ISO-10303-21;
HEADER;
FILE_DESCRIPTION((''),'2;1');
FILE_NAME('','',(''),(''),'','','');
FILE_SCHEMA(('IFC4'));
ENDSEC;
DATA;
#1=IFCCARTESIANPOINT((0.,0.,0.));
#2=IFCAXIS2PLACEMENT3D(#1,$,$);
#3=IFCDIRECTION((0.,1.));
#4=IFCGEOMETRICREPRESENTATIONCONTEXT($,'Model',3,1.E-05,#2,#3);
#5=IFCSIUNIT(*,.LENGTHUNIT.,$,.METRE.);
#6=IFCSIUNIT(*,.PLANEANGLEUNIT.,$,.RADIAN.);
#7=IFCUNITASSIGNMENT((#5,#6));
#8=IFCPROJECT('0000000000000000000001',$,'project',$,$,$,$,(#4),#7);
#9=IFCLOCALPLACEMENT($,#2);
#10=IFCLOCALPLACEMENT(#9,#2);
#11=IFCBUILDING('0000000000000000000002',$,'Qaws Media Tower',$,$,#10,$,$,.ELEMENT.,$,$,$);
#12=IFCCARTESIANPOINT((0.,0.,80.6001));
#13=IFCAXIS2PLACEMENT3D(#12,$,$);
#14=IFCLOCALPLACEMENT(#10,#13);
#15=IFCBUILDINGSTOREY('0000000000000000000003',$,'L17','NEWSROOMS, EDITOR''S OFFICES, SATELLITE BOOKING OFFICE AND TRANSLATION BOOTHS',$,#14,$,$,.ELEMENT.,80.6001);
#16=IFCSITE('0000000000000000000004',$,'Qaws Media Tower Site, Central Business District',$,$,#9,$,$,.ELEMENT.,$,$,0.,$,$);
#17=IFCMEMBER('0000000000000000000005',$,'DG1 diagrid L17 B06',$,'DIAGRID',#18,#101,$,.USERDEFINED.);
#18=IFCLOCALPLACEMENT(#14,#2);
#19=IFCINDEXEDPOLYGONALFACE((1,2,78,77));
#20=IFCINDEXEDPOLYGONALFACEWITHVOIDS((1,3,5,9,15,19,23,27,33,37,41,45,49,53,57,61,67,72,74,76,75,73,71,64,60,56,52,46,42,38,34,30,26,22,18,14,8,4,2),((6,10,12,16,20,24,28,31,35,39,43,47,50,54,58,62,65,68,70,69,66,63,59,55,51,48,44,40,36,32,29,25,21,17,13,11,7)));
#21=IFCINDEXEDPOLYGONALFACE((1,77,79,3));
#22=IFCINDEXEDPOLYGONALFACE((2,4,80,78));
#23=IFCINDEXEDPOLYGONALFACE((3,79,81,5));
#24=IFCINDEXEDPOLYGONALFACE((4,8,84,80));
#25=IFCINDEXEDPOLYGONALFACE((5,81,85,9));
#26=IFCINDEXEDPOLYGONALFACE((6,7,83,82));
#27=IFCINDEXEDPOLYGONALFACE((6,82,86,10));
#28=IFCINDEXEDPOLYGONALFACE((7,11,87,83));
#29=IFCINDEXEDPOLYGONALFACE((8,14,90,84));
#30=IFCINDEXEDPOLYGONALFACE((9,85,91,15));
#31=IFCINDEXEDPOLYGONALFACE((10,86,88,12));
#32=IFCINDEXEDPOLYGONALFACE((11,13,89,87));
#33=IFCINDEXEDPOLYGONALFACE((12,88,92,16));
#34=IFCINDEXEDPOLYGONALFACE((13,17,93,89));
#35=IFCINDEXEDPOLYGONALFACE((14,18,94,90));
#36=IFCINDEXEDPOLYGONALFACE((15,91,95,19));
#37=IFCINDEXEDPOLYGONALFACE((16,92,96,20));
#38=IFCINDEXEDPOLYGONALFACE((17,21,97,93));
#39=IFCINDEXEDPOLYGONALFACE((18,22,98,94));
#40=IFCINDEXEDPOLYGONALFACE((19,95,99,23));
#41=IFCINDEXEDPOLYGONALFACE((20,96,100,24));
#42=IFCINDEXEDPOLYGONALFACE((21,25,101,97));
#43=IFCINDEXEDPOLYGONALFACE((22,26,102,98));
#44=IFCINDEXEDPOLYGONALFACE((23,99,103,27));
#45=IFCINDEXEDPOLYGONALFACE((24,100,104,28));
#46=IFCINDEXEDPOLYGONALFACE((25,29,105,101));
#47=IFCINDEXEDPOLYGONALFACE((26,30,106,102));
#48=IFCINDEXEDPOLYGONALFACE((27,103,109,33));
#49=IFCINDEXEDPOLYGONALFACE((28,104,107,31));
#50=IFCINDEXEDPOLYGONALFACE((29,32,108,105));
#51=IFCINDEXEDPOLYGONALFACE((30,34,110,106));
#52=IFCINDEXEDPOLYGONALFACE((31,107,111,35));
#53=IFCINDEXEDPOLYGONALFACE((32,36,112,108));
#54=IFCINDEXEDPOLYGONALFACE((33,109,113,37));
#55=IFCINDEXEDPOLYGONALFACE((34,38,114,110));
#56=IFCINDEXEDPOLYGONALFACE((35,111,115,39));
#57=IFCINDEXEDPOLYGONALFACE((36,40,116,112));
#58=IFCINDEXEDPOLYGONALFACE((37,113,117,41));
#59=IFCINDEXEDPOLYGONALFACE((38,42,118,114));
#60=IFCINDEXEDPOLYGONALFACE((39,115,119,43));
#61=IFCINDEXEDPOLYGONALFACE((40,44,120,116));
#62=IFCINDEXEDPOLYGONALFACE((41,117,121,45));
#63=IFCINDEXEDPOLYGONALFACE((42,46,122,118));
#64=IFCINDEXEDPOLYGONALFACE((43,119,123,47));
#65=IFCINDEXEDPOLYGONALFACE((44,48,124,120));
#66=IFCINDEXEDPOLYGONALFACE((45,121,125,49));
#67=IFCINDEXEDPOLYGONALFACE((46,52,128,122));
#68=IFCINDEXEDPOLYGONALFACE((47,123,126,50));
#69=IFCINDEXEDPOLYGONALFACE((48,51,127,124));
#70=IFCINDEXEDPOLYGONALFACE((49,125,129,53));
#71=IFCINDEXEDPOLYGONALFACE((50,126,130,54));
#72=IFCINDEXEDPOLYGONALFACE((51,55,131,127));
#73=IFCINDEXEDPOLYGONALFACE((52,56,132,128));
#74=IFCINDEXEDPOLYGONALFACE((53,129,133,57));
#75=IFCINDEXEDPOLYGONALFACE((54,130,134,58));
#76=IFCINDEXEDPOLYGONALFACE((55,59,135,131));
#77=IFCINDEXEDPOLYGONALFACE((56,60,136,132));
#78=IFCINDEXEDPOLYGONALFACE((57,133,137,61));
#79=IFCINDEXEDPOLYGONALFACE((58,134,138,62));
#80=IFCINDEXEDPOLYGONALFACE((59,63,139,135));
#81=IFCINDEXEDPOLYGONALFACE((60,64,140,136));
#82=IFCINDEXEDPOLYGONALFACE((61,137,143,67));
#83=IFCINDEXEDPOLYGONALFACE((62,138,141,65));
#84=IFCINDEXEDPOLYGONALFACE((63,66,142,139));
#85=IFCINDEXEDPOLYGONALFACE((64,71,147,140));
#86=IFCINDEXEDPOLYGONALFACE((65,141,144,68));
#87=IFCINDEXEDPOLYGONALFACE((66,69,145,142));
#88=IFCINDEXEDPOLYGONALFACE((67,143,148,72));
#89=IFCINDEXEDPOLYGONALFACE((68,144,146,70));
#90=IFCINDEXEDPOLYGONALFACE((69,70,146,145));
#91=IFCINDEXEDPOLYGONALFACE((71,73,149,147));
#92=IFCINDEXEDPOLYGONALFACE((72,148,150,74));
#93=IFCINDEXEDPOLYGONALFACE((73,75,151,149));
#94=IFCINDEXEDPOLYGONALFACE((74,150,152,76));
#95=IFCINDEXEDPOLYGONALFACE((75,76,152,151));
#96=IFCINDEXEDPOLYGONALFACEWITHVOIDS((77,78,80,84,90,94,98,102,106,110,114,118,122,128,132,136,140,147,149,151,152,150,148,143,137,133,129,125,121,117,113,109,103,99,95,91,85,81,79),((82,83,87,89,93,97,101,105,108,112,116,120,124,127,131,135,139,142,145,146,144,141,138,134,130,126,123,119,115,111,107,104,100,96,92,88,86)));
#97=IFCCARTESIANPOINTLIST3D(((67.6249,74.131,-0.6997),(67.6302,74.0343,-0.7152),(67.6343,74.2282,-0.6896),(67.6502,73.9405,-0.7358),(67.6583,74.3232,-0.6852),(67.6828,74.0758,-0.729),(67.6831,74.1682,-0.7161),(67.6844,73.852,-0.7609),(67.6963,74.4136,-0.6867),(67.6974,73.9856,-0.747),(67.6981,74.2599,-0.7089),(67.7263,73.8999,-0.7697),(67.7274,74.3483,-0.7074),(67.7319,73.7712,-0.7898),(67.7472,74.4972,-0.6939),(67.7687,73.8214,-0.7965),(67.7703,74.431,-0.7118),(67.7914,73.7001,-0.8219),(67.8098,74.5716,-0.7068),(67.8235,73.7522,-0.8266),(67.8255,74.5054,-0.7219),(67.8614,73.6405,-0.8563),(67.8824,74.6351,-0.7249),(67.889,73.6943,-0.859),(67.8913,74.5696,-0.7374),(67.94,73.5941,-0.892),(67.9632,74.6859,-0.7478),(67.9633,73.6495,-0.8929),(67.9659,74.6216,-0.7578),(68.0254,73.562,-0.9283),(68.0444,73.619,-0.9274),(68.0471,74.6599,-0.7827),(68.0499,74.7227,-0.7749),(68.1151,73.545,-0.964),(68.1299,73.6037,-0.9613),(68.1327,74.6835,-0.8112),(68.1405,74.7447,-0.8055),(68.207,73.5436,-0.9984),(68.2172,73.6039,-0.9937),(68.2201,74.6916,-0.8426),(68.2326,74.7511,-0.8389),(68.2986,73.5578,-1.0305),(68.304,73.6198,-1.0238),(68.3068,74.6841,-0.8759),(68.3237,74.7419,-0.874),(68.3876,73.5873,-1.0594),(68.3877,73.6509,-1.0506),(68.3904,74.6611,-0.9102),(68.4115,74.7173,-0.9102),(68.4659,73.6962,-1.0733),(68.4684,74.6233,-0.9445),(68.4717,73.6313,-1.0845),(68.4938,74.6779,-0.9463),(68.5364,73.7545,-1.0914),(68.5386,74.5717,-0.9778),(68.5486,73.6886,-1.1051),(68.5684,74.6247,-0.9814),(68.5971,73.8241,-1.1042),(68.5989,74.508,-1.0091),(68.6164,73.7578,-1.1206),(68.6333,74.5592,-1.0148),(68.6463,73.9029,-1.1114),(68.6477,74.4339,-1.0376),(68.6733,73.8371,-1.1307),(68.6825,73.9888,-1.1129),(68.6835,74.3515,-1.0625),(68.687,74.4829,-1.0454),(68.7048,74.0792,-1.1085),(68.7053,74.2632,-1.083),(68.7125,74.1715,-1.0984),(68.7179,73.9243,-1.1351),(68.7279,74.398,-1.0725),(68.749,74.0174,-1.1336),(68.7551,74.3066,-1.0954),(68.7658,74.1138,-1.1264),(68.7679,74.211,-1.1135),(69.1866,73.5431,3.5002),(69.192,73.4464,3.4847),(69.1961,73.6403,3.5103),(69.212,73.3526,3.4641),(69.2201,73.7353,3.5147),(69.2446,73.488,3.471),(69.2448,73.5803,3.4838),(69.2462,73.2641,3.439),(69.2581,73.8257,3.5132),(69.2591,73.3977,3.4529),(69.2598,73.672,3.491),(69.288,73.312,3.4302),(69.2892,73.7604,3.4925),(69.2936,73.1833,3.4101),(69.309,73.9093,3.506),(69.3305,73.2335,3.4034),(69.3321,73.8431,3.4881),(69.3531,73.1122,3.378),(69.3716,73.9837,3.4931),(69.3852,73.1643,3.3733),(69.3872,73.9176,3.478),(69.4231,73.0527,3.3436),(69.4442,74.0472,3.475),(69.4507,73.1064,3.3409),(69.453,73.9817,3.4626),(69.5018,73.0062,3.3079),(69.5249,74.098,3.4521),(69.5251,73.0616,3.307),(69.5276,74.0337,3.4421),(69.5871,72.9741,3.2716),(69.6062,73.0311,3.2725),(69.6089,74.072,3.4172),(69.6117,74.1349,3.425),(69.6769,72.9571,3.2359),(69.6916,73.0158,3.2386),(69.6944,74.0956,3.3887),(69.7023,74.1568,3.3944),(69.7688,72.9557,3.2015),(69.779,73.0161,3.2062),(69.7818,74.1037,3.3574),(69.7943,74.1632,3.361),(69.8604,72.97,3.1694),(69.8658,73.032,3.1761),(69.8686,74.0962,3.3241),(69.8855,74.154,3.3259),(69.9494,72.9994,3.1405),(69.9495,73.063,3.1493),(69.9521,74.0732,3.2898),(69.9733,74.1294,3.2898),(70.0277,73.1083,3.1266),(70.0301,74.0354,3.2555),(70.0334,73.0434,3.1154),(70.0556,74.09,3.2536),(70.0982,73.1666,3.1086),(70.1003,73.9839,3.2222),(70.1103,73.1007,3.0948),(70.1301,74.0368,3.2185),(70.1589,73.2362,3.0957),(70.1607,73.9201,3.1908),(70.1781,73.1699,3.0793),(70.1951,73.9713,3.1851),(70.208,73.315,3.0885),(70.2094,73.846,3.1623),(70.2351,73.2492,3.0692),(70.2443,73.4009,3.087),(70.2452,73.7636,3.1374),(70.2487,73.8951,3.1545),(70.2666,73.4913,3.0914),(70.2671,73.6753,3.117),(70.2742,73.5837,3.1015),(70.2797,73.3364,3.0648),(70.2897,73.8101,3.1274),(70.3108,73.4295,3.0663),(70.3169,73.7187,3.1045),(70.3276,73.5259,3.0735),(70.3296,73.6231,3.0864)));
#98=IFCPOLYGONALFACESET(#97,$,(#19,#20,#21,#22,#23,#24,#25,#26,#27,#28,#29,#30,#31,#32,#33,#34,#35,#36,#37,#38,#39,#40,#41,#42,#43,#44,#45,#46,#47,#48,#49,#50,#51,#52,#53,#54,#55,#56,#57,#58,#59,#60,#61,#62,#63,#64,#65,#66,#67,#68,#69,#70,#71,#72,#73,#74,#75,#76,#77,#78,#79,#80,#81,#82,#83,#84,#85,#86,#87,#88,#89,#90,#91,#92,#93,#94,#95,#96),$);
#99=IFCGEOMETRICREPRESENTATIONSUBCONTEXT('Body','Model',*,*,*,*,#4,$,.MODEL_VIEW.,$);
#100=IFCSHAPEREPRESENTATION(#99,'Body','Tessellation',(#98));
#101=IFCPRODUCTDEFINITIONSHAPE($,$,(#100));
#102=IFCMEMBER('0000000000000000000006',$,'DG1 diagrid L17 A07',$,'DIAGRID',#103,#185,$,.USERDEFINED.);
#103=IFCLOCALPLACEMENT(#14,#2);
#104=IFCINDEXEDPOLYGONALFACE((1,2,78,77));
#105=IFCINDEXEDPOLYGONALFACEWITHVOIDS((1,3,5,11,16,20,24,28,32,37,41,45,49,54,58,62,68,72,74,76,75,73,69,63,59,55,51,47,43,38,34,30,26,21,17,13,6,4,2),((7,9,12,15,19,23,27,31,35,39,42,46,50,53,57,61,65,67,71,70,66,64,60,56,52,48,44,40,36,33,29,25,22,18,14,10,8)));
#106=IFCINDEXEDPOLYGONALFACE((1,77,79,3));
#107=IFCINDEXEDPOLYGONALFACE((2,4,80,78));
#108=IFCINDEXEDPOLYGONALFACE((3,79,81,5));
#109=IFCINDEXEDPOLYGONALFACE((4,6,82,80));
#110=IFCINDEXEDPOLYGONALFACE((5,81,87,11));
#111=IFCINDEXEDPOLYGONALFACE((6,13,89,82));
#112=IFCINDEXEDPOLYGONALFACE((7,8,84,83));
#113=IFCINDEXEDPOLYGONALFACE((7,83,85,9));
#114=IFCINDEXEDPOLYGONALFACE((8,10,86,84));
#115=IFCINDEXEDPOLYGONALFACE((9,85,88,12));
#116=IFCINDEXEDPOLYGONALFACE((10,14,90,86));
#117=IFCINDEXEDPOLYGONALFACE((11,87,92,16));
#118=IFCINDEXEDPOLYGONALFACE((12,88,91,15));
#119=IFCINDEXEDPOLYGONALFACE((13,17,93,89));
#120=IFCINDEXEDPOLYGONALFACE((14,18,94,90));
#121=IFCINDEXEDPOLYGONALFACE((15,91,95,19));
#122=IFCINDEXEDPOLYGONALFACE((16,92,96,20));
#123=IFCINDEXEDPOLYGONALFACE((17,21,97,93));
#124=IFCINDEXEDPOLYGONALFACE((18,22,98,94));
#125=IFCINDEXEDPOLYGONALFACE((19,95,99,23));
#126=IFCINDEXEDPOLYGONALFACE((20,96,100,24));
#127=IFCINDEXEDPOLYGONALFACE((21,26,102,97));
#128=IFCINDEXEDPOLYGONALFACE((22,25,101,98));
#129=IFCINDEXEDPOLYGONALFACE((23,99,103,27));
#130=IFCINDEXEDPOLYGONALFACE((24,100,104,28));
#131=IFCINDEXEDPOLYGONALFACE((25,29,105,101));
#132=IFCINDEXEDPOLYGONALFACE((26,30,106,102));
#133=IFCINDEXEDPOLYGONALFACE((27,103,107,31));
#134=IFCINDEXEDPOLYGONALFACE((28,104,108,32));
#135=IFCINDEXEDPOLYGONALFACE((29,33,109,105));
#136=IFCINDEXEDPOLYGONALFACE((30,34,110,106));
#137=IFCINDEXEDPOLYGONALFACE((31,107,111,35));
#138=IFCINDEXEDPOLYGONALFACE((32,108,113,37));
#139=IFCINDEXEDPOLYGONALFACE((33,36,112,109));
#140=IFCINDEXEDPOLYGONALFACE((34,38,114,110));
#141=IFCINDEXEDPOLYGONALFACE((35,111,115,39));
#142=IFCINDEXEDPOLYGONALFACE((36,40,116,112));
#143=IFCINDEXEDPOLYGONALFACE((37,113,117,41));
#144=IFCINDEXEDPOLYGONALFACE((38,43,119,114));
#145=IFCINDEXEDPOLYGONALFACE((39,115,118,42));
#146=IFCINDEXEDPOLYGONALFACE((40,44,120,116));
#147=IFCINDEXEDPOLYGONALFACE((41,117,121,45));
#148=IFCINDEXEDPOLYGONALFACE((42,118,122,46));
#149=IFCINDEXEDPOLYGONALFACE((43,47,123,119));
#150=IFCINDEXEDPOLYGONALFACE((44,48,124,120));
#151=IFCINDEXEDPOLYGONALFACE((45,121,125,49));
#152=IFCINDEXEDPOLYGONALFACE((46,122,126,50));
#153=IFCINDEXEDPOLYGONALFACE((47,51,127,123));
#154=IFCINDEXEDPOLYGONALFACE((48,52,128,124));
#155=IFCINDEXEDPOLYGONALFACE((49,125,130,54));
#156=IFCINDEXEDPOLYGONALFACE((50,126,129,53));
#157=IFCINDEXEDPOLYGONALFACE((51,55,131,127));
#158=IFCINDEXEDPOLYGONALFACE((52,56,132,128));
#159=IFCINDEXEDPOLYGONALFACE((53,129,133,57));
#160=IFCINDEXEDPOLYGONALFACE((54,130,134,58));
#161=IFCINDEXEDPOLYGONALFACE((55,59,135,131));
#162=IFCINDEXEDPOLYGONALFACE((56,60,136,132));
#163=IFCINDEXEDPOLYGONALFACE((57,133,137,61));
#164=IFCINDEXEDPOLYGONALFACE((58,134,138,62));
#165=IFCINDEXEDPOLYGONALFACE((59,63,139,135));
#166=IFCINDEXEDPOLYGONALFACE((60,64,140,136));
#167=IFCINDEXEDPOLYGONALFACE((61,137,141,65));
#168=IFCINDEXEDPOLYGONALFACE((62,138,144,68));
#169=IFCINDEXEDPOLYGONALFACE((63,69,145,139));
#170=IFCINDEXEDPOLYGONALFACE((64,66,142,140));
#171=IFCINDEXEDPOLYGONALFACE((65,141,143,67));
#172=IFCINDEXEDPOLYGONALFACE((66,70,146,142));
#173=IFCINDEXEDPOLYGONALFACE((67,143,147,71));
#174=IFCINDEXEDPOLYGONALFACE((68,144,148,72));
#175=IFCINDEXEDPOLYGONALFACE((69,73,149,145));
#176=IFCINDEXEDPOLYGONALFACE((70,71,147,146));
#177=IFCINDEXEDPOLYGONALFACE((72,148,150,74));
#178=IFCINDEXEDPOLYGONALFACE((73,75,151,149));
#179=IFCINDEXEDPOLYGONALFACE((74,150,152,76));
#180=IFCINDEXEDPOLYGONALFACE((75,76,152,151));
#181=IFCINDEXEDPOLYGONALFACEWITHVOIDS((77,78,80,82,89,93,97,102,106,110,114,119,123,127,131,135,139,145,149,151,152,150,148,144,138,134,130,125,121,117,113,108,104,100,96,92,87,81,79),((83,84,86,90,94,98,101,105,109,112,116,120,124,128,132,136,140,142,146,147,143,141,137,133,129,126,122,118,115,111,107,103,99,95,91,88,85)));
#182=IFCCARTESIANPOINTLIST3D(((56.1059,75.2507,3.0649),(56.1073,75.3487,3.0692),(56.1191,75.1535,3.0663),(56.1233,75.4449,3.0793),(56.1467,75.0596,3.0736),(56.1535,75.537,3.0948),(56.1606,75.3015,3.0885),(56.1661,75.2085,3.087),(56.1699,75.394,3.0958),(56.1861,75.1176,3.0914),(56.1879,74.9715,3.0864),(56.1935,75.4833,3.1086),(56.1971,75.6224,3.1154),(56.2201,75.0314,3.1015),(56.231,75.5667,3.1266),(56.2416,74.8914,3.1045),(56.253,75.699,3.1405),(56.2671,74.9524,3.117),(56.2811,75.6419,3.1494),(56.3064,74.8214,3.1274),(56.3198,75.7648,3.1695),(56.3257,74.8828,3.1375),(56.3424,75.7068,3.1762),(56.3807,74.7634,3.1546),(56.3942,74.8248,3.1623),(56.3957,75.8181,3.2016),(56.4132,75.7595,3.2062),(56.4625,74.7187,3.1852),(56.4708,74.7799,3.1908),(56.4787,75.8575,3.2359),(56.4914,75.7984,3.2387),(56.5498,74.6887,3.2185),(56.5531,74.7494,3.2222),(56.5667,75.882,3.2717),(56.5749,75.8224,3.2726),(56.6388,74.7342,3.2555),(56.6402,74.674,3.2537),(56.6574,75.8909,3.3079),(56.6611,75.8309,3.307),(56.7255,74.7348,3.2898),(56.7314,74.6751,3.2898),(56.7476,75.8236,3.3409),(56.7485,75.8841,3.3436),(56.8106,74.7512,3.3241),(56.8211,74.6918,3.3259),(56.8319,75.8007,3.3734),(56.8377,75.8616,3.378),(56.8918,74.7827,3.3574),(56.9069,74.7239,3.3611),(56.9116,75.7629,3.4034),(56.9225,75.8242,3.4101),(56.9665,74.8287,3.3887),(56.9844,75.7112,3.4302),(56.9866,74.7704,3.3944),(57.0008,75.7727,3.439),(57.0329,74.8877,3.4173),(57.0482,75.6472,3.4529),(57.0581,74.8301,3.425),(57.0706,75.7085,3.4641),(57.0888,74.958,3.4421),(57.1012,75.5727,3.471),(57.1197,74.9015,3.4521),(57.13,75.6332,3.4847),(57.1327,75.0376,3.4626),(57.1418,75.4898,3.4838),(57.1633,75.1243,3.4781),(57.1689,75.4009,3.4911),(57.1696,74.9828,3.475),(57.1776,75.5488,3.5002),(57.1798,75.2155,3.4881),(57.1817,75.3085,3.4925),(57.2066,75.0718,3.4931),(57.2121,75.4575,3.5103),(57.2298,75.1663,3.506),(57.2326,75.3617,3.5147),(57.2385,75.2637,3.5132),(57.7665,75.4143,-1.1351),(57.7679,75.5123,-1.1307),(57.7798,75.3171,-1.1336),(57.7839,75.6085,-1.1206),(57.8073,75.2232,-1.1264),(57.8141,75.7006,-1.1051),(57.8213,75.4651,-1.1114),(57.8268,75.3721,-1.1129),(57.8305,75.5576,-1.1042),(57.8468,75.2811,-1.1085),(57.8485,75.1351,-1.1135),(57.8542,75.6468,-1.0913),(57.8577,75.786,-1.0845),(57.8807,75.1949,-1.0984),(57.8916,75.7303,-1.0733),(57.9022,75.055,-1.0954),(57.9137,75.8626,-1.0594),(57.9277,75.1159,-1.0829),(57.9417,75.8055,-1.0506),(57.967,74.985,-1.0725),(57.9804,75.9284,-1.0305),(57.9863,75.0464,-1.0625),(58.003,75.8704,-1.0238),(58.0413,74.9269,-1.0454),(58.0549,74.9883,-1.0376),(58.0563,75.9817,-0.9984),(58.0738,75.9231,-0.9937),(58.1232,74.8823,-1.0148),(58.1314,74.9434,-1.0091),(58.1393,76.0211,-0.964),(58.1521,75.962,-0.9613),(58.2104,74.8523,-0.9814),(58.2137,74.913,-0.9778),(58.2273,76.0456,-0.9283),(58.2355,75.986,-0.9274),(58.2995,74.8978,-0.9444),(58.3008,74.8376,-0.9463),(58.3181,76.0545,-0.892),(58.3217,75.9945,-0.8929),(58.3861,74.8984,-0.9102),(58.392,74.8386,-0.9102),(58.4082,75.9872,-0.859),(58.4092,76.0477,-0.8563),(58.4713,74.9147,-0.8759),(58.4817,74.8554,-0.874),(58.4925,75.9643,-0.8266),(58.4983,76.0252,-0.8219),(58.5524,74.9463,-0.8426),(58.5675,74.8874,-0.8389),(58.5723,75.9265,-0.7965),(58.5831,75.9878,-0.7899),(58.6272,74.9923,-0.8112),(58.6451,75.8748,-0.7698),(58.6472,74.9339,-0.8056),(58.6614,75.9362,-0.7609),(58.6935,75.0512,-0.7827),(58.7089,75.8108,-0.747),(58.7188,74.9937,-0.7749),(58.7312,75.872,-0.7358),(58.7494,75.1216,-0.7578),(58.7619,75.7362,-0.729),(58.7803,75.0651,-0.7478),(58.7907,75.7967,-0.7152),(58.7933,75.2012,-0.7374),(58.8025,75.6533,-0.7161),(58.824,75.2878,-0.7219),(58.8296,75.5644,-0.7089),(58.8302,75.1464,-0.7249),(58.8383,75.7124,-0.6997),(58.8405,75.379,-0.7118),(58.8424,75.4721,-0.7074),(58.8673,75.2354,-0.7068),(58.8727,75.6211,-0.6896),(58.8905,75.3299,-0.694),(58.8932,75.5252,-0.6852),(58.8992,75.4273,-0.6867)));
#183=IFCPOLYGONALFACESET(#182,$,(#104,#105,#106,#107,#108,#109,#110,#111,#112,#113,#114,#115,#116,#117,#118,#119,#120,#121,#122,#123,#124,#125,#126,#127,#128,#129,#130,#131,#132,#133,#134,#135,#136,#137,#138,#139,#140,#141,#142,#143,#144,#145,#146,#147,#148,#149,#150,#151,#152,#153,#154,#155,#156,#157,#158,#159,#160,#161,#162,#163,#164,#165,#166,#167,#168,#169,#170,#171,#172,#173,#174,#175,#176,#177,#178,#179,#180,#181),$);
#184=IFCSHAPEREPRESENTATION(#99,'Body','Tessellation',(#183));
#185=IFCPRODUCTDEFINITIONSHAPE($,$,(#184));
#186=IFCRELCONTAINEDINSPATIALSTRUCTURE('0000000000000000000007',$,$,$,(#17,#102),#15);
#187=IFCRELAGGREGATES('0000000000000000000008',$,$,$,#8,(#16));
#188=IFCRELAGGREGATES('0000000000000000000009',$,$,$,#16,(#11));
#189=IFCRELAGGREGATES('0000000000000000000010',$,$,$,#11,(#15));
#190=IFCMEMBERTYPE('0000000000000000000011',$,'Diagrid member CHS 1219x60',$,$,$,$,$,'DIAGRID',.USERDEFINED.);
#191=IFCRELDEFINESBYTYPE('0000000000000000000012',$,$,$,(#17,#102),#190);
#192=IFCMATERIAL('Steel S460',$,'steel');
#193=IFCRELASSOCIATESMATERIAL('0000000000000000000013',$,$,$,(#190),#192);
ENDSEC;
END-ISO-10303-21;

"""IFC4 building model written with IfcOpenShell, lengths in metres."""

from ifc_helpers import new_model, si_unit, direction, frame, origin, origin_2d, place, context, subcontext, project, spatial, hollow_circle, extrude, material, material_profile, profile_set, type_object, element, save


model = new_model("IFC4")

# Units and contexts
model_context = context("Model", 3, precision=1e-05, world=origin(), true_north=direction((0.0, 1.0)))
body_context = subcontext(model_context, "Body", "Model", "MODEL_VIEW")
ifc_project = project(units=[si_unit("LENGTHUNIT", "METRE"), si_unit("PLANEANGLEUNIT", "RADIAN")], contexts=[model_context])

# Site, building, storey
site_placement = place(None, origin())
site = spatial("IfcSite", under=ifc_project, at=site_placement, Name="Qaws Media Tower Site, Central Business District", CompositionType="ELEMENT", RefElevation=0.0)
building_placement = place(site_placement, origin())
building = spatial("IfcBuilding", under=site, at=building_placement, Name="Qaws Media Tower", CompositionType="ELEMENT")
storey_placement = place(building_placement, frame((0.0, 0.0, 80.6001)))
storey = spatial("IfcBuildingStorey", under=building, at=storey_placement, Name="L17", Description="NEWSROOMS, EDITOR'S OFFICES, SATELLITE BOOKING OFFICE AND TRANSLATION BOOTHS", CompositionType="ELEMENT", Elevation=80.6001)

# Members
ifc_material_1 = material(Name="Steel S460", Category="steel")
ifc_material_profile_1 = material_profile(ifc_material_1, hollow_circle(Radius=0.6096, WallThickness=0.0601, at=origin_2d()), Name="CHS 1219x60")
ifc_profile_set_1 = profile_set([ifc_material_profile_1], Name="Steel S460")
member_type_1 = type_object("IfcMemberType", Name="Diagrid member CHS 1219x60", ElementType="DIAGRID", PredefinedType="USERDEFINED", material=ifc_profile_set_1)
for number, where, z_axis, x_axis, name in (
    (1, (68.1968, 74.1467, -0.9102), (0.345575, -0.130084, 0.929331), (0.352294, 0.93589, 0.0), "DG1 diagrid L17 B06"),
    (2, (58.3323, 75.4453, -0.9102), (-0.367456, -0.036195, 0.929336), (0.098026, -0.995184, 0.0), "DG1 diagrid L17 A07"),
):
    element("IfcMember", number, at=place(storey_placement, frame(where, z_axis=z_axis, x_axis=x_axis)), inside=storey, type_object=member_type_1, Name=name, ObjectType="DIAGRID", PredefinedType="USERDEFINED", context=body_context, shape_type="SweptSolid", body=[
        extrude(hollow_circle(Radius=0.6096, WallThickness=0.0601, at=origin_2d()), origin(), (0.0, 0.0, 1.0), 4.5193),
    ])

save(model, "model.ifc")
